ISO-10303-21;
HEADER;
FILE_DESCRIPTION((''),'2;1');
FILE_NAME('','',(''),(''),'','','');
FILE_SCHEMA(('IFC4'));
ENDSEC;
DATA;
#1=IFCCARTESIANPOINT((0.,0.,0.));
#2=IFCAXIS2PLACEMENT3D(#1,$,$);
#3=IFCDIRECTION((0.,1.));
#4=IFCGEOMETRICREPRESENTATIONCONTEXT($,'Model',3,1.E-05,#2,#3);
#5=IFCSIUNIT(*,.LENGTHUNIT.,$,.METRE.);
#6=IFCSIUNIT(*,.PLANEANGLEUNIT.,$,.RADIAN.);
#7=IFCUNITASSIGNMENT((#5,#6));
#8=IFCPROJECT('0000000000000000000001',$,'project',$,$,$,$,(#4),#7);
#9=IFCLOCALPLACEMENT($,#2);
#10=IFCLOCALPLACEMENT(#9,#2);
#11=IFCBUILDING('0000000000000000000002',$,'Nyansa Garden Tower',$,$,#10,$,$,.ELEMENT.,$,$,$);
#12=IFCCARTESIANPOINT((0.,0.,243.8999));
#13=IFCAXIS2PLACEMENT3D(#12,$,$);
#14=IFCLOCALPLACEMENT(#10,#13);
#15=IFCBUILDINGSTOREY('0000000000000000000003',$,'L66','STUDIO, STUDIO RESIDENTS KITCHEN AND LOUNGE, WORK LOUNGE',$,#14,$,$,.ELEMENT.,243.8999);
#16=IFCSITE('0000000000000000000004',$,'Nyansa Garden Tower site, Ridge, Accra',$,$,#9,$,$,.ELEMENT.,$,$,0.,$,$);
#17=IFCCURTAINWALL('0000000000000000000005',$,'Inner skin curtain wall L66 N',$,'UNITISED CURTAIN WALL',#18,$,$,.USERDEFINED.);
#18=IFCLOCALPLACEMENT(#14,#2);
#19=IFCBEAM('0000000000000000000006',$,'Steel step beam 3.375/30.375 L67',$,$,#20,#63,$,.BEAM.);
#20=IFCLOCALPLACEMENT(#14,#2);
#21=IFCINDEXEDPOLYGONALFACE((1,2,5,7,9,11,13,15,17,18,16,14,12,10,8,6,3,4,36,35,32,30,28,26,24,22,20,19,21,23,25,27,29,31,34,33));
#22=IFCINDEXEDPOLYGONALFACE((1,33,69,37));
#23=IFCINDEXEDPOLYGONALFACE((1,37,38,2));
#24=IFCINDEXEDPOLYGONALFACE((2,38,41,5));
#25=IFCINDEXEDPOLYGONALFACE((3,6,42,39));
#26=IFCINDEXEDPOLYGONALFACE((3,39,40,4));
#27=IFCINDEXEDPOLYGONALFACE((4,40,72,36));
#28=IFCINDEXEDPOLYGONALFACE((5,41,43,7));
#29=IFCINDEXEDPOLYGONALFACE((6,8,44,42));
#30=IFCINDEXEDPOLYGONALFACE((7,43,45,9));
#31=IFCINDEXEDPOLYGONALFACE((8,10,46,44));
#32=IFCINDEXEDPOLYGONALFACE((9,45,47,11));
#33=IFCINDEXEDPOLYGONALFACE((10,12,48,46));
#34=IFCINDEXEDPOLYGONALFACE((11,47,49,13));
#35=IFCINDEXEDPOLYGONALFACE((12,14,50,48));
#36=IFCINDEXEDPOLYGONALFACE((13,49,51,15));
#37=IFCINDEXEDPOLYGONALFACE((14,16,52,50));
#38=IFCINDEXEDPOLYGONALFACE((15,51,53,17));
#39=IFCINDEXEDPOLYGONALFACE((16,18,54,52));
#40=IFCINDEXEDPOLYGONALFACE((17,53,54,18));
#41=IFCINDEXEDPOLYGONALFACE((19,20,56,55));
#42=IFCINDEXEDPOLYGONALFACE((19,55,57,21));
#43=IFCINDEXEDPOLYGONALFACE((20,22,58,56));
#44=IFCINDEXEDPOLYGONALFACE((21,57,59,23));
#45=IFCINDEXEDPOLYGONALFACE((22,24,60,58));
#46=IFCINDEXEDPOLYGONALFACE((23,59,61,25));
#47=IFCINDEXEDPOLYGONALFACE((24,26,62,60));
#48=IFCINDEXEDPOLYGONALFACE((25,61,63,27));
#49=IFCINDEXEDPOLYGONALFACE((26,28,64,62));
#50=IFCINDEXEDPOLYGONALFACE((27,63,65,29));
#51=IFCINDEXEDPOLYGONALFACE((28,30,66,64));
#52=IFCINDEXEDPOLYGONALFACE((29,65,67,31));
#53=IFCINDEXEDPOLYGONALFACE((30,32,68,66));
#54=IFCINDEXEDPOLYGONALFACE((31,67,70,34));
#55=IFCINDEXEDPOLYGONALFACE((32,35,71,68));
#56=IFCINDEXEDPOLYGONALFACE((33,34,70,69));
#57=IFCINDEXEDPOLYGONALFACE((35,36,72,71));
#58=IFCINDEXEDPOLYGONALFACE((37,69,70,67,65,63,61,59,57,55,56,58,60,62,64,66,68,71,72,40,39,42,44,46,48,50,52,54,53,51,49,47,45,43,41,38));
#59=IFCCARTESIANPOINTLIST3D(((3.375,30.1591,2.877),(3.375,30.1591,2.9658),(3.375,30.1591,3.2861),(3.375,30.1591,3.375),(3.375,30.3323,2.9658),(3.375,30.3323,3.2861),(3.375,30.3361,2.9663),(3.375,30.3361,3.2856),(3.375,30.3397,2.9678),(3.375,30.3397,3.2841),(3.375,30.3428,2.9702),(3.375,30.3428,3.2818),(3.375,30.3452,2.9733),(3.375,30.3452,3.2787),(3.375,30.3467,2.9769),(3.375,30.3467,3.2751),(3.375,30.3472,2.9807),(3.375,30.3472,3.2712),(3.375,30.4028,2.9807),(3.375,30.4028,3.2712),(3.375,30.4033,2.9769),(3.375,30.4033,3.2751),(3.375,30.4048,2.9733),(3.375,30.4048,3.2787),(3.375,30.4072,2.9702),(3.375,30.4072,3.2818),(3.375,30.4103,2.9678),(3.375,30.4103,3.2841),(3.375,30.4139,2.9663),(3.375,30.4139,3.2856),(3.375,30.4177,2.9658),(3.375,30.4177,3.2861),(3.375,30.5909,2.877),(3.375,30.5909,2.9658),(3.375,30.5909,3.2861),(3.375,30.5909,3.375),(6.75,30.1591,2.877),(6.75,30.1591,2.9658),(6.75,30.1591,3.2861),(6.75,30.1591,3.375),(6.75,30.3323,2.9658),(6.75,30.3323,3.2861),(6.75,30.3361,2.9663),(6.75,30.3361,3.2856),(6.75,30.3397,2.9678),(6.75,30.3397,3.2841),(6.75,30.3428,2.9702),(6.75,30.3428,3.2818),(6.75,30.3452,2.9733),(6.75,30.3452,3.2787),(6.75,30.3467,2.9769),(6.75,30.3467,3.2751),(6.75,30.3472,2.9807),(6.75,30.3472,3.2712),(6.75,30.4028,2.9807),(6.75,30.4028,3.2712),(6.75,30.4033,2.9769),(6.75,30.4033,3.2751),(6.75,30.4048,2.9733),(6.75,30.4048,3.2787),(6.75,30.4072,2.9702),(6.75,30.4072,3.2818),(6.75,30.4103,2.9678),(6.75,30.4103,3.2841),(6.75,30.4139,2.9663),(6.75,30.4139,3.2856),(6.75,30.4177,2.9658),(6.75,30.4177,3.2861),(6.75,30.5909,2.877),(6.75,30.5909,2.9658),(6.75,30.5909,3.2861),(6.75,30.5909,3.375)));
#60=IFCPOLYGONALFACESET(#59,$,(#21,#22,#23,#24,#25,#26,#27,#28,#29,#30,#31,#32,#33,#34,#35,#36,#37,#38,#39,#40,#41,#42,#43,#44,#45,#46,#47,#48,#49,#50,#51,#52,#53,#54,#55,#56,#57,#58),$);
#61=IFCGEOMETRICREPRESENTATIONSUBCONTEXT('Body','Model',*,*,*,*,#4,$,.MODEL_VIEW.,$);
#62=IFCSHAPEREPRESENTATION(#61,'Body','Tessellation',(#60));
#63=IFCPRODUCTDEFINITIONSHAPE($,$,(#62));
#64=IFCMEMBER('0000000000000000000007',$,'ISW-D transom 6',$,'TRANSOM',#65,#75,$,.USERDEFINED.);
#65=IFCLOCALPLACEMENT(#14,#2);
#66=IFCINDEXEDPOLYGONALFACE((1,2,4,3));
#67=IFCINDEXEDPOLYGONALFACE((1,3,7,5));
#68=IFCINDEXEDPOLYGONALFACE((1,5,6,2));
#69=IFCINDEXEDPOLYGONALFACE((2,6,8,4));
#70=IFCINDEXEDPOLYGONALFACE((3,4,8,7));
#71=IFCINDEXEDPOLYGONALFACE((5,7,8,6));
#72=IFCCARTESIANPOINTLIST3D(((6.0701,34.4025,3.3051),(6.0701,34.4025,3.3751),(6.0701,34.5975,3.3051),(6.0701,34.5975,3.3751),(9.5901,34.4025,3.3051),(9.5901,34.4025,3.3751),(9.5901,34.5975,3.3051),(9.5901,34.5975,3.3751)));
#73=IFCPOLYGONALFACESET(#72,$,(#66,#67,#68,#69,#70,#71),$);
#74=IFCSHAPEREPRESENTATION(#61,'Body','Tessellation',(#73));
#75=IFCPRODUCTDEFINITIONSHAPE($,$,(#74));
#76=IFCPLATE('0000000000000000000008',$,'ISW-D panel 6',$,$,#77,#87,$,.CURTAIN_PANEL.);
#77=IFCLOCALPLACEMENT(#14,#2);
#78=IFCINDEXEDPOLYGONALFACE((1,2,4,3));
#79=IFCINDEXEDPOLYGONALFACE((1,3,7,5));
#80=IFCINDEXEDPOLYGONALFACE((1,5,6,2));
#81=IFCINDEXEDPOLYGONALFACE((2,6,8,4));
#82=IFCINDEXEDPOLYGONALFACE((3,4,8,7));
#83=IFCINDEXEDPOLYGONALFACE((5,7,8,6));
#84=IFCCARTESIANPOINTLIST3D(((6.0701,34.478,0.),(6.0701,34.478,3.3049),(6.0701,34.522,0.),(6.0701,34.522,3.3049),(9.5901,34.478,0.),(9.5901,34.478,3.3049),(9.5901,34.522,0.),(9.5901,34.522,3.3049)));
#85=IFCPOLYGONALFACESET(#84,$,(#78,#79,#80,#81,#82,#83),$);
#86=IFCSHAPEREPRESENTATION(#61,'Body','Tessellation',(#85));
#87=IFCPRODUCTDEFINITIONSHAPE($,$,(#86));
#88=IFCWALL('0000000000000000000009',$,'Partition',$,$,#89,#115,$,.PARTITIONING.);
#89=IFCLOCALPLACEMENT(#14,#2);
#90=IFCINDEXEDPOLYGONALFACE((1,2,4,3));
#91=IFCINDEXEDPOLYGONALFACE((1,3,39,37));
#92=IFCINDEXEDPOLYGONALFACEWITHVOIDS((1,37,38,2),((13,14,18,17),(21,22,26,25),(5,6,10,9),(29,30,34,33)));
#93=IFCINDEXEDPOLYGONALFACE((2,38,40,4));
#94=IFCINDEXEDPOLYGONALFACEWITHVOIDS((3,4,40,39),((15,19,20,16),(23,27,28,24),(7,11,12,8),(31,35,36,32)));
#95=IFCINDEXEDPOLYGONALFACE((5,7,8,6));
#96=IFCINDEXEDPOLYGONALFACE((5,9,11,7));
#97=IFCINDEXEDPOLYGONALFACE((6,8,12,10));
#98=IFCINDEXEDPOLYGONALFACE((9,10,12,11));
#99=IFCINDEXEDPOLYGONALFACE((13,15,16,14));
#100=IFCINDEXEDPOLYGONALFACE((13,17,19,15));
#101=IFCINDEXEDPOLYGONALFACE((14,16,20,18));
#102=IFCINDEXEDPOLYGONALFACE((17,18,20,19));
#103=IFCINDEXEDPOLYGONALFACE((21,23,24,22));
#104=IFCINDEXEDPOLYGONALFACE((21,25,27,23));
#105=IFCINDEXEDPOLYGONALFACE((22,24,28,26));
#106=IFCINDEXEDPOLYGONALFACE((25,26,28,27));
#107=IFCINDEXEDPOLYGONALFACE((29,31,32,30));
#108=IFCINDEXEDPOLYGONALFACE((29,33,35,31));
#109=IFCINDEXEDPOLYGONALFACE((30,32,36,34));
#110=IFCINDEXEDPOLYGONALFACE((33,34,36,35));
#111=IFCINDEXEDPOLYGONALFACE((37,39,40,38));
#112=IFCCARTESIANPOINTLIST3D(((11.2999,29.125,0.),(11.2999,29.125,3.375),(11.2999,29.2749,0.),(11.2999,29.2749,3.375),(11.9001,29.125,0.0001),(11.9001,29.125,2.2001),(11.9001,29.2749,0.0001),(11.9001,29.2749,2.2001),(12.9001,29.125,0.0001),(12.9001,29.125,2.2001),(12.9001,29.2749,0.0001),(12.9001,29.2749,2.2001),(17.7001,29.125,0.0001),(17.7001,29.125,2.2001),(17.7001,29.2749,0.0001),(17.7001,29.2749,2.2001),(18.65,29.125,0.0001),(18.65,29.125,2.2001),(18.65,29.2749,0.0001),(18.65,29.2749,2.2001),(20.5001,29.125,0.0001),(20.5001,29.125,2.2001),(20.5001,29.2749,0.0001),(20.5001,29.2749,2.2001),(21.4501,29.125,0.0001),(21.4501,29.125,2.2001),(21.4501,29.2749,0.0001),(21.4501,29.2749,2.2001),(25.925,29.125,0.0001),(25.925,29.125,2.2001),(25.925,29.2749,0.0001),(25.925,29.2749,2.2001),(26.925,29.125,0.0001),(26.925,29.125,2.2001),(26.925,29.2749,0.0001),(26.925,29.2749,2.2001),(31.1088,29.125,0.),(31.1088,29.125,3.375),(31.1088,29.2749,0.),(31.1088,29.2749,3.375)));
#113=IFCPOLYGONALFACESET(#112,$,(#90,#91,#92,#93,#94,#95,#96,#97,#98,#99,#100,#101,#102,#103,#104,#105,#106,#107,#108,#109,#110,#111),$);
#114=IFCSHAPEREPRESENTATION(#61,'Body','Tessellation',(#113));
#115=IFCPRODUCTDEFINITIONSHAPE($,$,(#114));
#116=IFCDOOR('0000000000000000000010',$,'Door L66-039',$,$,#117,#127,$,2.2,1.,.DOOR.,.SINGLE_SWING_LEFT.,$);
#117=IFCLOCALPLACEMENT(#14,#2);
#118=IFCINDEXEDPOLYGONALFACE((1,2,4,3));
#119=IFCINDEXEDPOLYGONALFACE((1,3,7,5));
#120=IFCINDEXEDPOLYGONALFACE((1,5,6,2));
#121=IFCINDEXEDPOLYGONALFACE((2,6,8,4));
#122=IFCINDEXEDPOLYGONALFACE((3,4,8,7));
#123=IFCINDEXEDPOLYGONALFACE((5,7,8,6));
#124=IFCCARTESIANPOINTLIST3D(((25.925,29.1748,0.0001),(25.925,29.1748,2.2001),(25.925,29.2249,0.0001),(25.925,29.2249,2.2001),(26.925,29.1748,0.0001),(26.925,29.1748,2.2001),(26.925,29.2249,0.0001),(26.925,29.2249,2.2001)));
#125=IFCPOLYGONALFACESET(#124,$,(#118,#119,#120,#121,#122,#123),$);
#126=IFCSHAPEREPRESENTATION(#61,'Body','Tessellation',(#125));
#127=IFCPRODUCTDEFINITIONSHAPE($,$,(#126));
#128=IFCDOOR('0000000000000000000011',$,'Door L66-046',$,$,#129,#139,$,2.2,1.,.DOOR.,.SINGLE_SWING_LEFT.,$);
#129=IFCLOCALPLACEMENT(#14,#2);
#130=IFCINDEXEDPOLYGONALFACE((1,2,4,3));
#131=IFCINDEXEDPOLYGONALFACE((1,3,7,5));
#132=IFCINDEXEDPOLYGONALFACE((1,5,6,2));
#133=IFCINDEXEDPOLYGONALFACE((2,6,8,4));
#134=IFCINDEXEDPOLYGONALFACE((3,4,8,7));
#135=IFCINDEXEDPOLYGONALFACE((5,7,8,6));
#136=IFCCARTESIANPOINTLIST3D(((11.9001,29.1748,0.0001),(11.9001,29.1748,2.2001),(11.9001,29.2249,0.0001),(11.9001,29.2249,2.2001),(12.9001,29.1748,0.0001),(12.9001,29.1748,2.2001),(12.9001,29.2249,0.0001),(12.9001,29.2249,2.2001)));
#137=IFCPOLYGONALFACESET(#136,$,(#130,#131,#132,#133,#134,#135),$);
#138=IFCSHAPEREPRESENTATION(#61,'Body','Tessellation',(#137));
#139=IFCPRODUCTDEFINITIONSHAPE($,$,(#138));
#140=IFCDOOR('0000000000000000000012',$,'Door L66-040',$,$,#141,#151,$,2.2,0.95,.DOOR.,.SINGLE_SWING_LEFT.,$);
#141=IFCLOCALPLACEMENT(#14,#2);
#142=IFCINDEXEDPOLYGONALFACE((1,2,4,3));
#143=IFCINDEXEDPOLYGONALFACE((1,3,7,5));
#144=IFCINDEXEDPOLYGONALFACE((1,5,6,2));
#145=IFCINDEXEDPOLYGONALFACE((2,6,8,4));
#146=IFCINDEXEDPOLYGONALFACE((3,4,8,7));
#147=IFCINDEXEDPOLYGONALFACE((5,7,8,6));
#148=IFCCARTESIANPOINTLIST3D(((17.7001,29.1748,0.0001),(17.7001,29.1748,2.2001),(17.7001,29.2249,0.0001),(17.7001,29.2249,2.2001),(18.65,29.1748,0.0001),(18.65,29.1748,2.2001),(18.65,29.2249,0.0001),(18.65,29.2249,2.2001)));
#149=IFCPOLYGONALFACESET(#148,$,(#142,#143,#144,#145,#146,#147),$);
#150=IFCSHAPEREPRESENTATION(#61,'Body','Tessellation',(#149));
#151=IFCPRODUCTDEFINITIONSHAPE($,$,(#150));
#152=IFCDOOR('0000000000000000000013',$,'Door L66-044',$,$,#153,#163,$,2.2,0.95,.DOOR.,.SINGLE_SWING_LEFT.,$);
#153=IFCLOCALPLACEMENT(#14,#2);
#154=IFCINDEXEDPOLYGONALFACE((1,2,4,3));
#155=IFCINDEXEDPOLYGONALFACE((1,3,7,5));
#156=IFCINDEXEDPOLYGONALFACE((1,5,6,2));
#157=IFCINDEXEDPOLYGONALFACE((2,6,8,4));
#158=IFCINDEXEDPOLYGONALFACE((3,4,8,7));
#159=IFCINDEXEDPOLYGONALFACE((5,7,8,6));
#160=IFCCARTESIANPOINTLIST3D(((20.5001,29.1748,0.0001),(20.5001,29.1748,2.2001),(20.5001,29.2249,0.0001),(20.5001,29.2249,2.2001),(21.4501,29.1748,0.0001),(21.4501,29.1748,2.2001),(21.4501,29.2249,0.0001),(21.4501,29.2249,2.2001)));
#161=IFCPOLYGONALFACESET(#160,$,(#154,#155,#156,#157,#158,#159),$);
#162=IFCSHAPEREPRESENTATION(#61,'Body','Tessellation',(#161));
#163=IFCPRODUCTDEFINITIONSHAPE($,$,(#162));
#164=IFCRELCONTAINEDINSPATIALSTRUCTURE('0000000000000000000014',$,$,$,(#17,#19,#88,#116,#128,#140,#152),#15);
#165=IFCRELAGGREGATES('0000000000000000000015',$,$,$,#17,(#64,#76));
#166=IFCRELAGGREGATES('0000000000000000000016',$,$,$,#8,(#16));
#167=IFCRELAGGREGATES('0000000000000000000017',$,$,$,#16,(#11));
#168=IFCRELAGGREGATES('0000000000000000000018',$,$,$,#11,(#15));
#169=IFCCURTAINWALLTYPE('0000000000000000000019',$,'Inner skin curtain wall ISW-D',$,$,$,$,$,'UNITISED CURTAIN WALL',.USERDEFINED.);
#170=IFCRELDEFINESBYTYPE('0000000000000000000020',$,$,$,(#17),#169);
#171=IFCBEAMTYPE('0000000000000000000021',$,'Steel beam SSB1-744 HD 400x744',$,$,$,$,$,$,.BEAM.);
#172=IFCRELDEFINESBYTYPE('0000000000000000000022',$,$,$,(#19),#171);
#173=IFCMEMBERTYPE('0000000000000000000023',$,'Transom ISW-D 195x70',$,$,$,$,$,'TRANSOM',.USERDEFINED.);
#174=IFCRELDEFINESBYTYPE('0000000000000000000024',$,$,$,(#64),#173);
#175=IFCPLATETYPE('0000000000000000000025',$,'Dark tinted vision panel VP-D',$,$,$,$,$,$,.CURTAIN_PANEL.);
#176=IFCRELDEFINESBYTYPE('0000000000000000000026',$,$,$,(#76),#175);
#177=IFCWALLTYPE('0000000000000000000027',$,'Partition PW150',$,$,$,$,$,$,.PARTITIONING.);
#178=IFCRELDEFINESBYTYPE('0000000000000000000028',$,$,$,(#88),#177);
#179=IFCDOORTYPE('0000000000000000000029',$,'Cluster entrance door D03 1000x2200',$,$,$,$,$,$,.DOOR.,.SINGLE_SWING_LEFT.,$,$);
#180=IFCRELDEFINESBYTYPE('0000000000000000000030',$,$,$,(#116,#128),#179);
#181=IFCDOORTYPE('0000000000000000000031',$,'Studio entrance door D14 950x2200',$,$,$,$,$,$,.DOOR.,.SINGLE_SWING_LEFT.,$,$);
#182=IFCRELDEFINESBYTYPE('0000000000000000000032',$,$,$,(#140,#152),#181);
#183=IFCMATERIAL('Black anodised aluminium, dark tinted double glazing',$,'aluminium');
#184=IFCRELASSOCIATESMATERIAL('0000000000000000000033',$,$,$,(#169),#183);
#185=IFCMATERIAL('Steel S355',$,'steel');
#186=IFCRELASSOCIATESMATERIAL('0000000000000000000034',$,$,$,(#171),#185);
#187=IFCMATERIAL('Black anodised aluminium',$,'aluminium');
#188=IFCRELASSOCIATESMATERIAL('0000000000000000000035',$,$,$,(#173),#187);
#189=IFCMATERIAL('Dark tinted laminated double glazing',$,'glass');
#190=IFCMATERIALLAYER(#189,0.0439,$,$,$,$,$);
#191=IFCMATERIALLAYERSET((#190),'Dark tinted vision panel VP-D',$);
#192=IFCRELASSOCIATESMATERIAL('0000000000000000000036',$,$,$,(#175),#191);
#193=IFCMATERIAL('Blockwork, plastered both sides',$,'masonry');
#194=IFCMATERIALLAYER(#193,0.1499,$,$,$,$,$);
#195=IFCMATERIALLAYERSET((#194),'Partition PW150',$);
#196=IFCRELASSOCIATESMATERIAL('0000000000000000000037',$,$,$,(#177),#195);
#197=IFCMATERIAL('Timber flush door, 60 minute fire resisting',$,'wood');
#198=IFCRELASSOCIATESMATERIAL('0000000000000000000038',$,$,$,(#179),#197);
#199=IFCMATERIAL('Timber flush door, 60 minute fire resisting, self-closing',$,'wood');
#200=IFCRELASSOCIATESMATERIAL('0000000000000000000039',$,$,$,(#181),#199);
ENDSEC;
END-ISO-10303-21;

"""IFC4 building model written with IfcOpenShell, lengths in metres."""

from ifc_helpers import new_model, si_unit, direction, frame, frame_2d, origin, origin_2d, place, context, subcontext, project, spatial, rectangle, i_section, extrude, material, layer, layer_set, material_profile, profile_set, type_object, element, fill, aggregate, save


model = new_model("IFC4")

# Units and contexts
model_context = context("Model", 3, precision=1e-05, world=origin(), true_north=direction((0.0, 1.0)))
body_context = subcontext(model_context, "Body", "Model", "MODEL_VIEW")
ifc_project = project(units=[si_unit("LENGTHUNIT", "METRE"), si_unit("PLANEANGLEUNIT", "RADIAN")], contexts=[model_context])

# Site, building, storey
site_placement = place(None, origin())
site = spatial("IfcSite", under=ifc_project, at=site_placement, Name="Nyansa Garden Tower site, Ridge, Accra", CompositionType="ELEMENT", RefElevation=0.0)
building_placement = place(site_placement, origin())
building = spatial("IfcBuilding", under=site, at=building_placement, Name="Nyansa Garden Tower", CompositionType="ELEMENT")
storey_placement = place(building_placement, frame((0.0, 0.0, 243.8999)))
storey = spatial("IfcBuildingStorey", under=building, at=storey_placement, Name="L66", Description="STUDIO, STUDIO RESIDENTS KITCHEN AND LOUNGE, WORK LOUNGE", CompositionType="ELEMENT", Elevation=243.8999)

# Curtain wall
ifc_material_1 = material(Name="Black anodised aluminium, dark tinted double glazing", Category="aluminium")
curtain_wall_type = type_object("IfcCurtainWallType", Name="Inner skin curtain wall ISW-D", ElementType="UNITISED CURTAIN WALL", PredefinedType="USERDEFINED", material=ifc_material_1)
curtain_wall_placement = place(storey_placement, origin())
curtain_wall = element("IfcCurtainWall", 1, at=curtain_wall_placement, inside=storey, type_object=curtain_wall_type, Name="Inner skin curtain wall L66 N", ObjectType="UNITISED CURTAIN WALL", PredefinedType="USERDEFINED")

# Beam
ifc_material_2 = material(Name="Steel S355", Category="steel")
ifc_material_profile_1 = material_profile(ifc_material_2, i_section(OverallWidth=0.4319, OverallDepth=0.498, WebThickness=0.0557, FlangeThickness=0.0889, FilletRadius=0.0149, at=origin_2d()), Name="HD 400x744")
ifc_profile_set_1 = profile_set([ifc_material_profile_1], Name="Steel S355")
beam_type_1 = type_object("IfcBeamType", Name="Steel beam SSB1-744 HD 400x744", PredefinedType="BEAM", material=ifc_profile_set_1)
for number, where, z_axis, x_axis, name in (
    (2, (3.375, 30.375, 3.126), (1.0, 0.0, 0.0), (0.0, 1.0, 0.0), "Steel step beam 3.375/30.375 L67"),
):
    element("IfcBeam", number, at=place(storey_placement, frame(where, z_axis=z_axis, x_axis=x_axis)), inside=storey, type_object=beam_type_1, Name=name, PredefinedType="BEAM", context=body_context, shape_type="SweptSolid", body=[
        extrude(i_section(OverallWidth=0.4319, OverallDepth=0.498, WebThickness=0.0557, FlangeThickness=0.0889, FilletRadius=0.0149, at=origin_2d()), origin(), (0.0, 0.0, 1.0), 3.375),
    ])

# Member
ifc_material_3 = material(Name="Black anodised aluminium", Category="aluminium")
ifc_material_profile_2 = material_profile(ifc_material_3, rectangle(XDim=0.1951, YDim=0.0701, at=origin_2d()), Name="Transom 195x70")
ifc_profile_set_2 = profile_set([ifc_material_profile_2], Name="Black anodised aluminium")
member_type_1 = type_object("IfcMemberType", Name="Transom ISW-D 195x70", ElementType="TRANSOM", PredefinedType="USERDEFINED", material=ifc_profile_set_2)
member_1_placement = place(storey_placement, frame((9.5901, 34.5, 3.3401), z_axis=(-1.0, 0.0, 0.0), x_axis=(0.0, -1.0, 0.0)))
member_1 = element("IfcMember", 3, at=member_1_placement, type_object=member_type_1, Name="ISW-D transom 6", ObjectType="TRANSOM", PredefinedType="USERDEFINED", context=body_context, shape_type="SweptSolid", body=[
    extrude(rectangle(XDim=0.1951, YDim=0.0701, at=origin_2d()), origin(), (0.0, 0.0, 1.0), 3.52),
])

# Plate
ifc_material_4 = material(Name="Dark tinted laminated double glazing", Category="glass")
ifc_layer_1 = layer(ifc_material_4, 0.0439)
ifc_layer_set_1 = layer_set([ifc_layer_1], Name="Dark tinted vision panel VP-D")
plate_type = type_object("IfcPlateType", Name="Dark tinted vision panel VP-D", PredefinedType="CURTAIN_PANEL", material=ifc_layer_set_1)
plate_placement = place(storey_placement, frame((7.8301, 34.5, 0.0), z_axis=(0.0, 0.0, 1.0), x_axis=(-1.0, 0.0, 0.0)))
plate = element("IfcPlate", 4, at=plate_placement, type_object=plate_type, Name="ISW-D panel 6", PredefinedType="CURTAIN_PANEL", context=body_context, shape_type="SweptSolid", body=[
    extrude(rectangle(XDim=3.52, YDim=0.0439, at=origin_2d()), origin(), (0.0, 0.0, 1.0), 3.3049),
])
aggregate(curtain_wall, [member_1, plate])

# Wall, openings, doors
ifc_material_5 = material(Name="Blockwork, plastered both sides", Category="masonry")
ifc_layer_2 = layer(ifc_material_5, 0.1499)
ifc_layer_set_2 = layer_set([ifc_layer_2], Name="Partition PW150")
wall_type_1 = type_object("IfcWallType", Name="Partition PW150", PredefinedType="PARTITIONING", material=ifc_layer_set_2)
wall_1_placement = place(storey_placement, frame((11.3, 29.2, 0.0), z_axis=(0.0, 0.0, 1.0), x_axis=(1.0, 0.0, 0.0)))
wall_1 = element("IfcWall", 5, at=wall_1_placement, inside=storey, type_object=wall_type_1, Name="Partition", PredefinedType="PARTITIONING", context=body_context, shape_type="SweptSolid", body=[
    extrude(rectangle(XDim=19.8088, YDim=0.1499, at=frame_2d((9.9043, 0.0))), origin(), (0.0, 0.0, 1.0), 3.375),
])
opening_1_placement = place(wall_1_placement, frame((14.625, 0.0, 0.0)))
opening_1 = element("IfcOpeningElement", 6, at=opening_1_placement, cuts=wall_1, PredefinedType="OPENING", context=body_context, shape_type="SweptSolid", body=[
    extrude(rectangle(XDim=1.0, YDim=2.2, at=frame_2d((0.5, 1.1001))), frame((0.0, 0.085, 0.0), z_axis=(0.0, -1.0, 0.0), x_axis=(1.0, 0.0, 0.0)), (0.0, 0.0, 1.0), 0.1699),
])
opening_2_placement = place(wall_1_placement, frame((6.3999, 0.0, 0.0)))
opening_2 = element("IfcOpeningElement", 7, at=opening_2_placement, cuts=wall_1, PredefinedType="OPENING", context=body_context, shape_type="SweptSolid", body=[
    extrude(rectangle(XDim=0.95, YDim=2.2, at=frame_2d((0.4751, 1.1001))), frame((0.0, 0.085, 0.0), z_axis=(0.0, -1.0, 0.0), x_axis=(1.0, 0.0, 0.0)), (0.0, 0.0, 1.0), 0.1699),
])
opening_3_placement = place(wall_1_placement, frame((9.2, 0.0, 0.0)))
opening_3 = element("IfcOpeningElement", 8, at=opening_3_placement, cuts=wall_1, PredefinedType="OPENING", context=body_context, shape_type="SweptSolid", body=[
    extrude(rectangle(XDim=0.95, YDim=2.2, at=frame_2d((0.4751, 1.1001))), frame((0.0, 0.085, 0.0), z_axis=(0.0, -1.0, 0.0), x_axis=(1.0, 0.0, 0.0)), (0.0, 0.0, 1.0), 0.1699),
])
opening_4_placement = place(wall_1_placement, frame((0.6001, 0.0, 0.0)))
opening_4 = element("IfcOpeningElement", 9, at=opening_4_placement, cuts=wall_1, PredefinedType="OPENING", context=body_context, shape_type="SweptSolid", body=[
    extrude(rectangle(XDim=1.0, YDim=2.2, at=frame_2d((0.5, 1.1001))), frame((0.0, 0.085, 0.0), z_axis=(0.0, -1.0, 0.0), x_axis=(1.0, 0.0, 0.0)), (0.0, 0.0, 1.0), 0.1699),
])
ifc_material_6 = material(Name="Timber flush door, 60 minute fire resisting", Category="wood")
door_type_1 = type_object("IfcDoorType", Name="Cluster entrance door D03 1000x2200", OperationType="SINGLE_SWING_LEFT", PredefinedType="DOOR", material=ifc_material_6)
door_1_placement = place(opening_1_placement, origin())
door_1 = element("IfcDoor", 10, at=door_1_placement, inside=storey, type_object=door_type_1, Name="Door L66-039", OperationType="SINGLE_SWING_LEFT", OverallHeight=2.2, OverallWidth=1.0, PredefinedType="DOOR", context=body_context, shape_type="SweptSolid", body=[
    extrude(rectangle(XDim=1.0, YDim=2.2, at=frame_2d((0.5, 1.1001))), frame((0.0, 0.0249, 0.0), z_axis=(0.0, -1.0, 0.0), x_axis=(1.0, 0.0, 0.0)), (0.0, 0.0, 1.0), 0.05),
])
fill(opening_1, door_1)
door_2_placement = place(opening_4_placement, origin())
door_2 = element("IfcDoor", 11, at=door_2_placement, inside=storey, type_object=door_type_1, Name="Door L66-046", OperationType="SINGLE_SWING_LEFT", OverallHeight=2.2, OverallWidth=1.0, PredefinedType="DOOR", context=body_context, shape_type="SweptSolid", body=[
    extrude(rectangle(XDim=1.0, YDim=2.2, at=frame_2d((0.5, 1.1001))), frame((0.0, 0.0249, 0.0), z_axis=(0.0, -1.0, 0.0), x_axis=(1.0, 0.0, 0.0)), (0.0, 0.0, 1.0), 0.05),
])
fill(opening_4, door_2)
ifc_material_7 = material(Name="Timber flush door, 60 minute fire resisting, self-closing", Category="wood")
door_type_2 = type_object("IfcDoorType", Name="Studio entrance door D14 950x2200", OperationType="SINGLE_SWING_LEFT", PredefinedType="DOOR", material=ifc_material_7)
door_3_placement = place(opening_2_placement, origin())
door_3 = element("IfcDoor", 12, at=door_3_placement, inside=storey, type_object=door_type_2, Name="Door L66-040", OperationType="SINGLE_SWING_LEFT", OverallHeight=2.2, OverallWidth=0.95, PredefinedType="DOOR", context=body_context, shape_type="SweptSolid", body=[
    extrude(rectangle(XDim=0.95, YDim=2.2, at=frame_2d((0.4751, 1.1001))), frame((0.0, 0.0249, 0.0), z_axis=(0.0, -1.0, 0.0), x_axis=(1.0, 0.0, 0.0)), (0.0, 0.0, 1.0), 0.05),
])
fill(opening_2, door_3)
door_4_placement = place(opening_3_placement, origin())
door_4 = element("IfcDoor", 13, at=door_4_placement, inside=storey, type_object=door_type_2, Name="Door L66-044", OperationType="SINGLE_SWING_LEFT", OverallHeight=2.2, OverallWidth=0.95, PredefinedType="DOOR", context=body_context, shape_type="SweptSolid", body=[
    extrude(rectangle(XDim=0.95, YDim=2.2, at=frame_2d((0.4751, 1.1001))), frame((0.0, 0.0249, 0.0), z_axis=(0.0, -1.0, 0.0), x_axis=(1.0, 0.0, 0.0)), (0.0, 0.0, 1.0), 0.05),
])
fill(opening_3, door_4)

save(model, "model.ifc")
